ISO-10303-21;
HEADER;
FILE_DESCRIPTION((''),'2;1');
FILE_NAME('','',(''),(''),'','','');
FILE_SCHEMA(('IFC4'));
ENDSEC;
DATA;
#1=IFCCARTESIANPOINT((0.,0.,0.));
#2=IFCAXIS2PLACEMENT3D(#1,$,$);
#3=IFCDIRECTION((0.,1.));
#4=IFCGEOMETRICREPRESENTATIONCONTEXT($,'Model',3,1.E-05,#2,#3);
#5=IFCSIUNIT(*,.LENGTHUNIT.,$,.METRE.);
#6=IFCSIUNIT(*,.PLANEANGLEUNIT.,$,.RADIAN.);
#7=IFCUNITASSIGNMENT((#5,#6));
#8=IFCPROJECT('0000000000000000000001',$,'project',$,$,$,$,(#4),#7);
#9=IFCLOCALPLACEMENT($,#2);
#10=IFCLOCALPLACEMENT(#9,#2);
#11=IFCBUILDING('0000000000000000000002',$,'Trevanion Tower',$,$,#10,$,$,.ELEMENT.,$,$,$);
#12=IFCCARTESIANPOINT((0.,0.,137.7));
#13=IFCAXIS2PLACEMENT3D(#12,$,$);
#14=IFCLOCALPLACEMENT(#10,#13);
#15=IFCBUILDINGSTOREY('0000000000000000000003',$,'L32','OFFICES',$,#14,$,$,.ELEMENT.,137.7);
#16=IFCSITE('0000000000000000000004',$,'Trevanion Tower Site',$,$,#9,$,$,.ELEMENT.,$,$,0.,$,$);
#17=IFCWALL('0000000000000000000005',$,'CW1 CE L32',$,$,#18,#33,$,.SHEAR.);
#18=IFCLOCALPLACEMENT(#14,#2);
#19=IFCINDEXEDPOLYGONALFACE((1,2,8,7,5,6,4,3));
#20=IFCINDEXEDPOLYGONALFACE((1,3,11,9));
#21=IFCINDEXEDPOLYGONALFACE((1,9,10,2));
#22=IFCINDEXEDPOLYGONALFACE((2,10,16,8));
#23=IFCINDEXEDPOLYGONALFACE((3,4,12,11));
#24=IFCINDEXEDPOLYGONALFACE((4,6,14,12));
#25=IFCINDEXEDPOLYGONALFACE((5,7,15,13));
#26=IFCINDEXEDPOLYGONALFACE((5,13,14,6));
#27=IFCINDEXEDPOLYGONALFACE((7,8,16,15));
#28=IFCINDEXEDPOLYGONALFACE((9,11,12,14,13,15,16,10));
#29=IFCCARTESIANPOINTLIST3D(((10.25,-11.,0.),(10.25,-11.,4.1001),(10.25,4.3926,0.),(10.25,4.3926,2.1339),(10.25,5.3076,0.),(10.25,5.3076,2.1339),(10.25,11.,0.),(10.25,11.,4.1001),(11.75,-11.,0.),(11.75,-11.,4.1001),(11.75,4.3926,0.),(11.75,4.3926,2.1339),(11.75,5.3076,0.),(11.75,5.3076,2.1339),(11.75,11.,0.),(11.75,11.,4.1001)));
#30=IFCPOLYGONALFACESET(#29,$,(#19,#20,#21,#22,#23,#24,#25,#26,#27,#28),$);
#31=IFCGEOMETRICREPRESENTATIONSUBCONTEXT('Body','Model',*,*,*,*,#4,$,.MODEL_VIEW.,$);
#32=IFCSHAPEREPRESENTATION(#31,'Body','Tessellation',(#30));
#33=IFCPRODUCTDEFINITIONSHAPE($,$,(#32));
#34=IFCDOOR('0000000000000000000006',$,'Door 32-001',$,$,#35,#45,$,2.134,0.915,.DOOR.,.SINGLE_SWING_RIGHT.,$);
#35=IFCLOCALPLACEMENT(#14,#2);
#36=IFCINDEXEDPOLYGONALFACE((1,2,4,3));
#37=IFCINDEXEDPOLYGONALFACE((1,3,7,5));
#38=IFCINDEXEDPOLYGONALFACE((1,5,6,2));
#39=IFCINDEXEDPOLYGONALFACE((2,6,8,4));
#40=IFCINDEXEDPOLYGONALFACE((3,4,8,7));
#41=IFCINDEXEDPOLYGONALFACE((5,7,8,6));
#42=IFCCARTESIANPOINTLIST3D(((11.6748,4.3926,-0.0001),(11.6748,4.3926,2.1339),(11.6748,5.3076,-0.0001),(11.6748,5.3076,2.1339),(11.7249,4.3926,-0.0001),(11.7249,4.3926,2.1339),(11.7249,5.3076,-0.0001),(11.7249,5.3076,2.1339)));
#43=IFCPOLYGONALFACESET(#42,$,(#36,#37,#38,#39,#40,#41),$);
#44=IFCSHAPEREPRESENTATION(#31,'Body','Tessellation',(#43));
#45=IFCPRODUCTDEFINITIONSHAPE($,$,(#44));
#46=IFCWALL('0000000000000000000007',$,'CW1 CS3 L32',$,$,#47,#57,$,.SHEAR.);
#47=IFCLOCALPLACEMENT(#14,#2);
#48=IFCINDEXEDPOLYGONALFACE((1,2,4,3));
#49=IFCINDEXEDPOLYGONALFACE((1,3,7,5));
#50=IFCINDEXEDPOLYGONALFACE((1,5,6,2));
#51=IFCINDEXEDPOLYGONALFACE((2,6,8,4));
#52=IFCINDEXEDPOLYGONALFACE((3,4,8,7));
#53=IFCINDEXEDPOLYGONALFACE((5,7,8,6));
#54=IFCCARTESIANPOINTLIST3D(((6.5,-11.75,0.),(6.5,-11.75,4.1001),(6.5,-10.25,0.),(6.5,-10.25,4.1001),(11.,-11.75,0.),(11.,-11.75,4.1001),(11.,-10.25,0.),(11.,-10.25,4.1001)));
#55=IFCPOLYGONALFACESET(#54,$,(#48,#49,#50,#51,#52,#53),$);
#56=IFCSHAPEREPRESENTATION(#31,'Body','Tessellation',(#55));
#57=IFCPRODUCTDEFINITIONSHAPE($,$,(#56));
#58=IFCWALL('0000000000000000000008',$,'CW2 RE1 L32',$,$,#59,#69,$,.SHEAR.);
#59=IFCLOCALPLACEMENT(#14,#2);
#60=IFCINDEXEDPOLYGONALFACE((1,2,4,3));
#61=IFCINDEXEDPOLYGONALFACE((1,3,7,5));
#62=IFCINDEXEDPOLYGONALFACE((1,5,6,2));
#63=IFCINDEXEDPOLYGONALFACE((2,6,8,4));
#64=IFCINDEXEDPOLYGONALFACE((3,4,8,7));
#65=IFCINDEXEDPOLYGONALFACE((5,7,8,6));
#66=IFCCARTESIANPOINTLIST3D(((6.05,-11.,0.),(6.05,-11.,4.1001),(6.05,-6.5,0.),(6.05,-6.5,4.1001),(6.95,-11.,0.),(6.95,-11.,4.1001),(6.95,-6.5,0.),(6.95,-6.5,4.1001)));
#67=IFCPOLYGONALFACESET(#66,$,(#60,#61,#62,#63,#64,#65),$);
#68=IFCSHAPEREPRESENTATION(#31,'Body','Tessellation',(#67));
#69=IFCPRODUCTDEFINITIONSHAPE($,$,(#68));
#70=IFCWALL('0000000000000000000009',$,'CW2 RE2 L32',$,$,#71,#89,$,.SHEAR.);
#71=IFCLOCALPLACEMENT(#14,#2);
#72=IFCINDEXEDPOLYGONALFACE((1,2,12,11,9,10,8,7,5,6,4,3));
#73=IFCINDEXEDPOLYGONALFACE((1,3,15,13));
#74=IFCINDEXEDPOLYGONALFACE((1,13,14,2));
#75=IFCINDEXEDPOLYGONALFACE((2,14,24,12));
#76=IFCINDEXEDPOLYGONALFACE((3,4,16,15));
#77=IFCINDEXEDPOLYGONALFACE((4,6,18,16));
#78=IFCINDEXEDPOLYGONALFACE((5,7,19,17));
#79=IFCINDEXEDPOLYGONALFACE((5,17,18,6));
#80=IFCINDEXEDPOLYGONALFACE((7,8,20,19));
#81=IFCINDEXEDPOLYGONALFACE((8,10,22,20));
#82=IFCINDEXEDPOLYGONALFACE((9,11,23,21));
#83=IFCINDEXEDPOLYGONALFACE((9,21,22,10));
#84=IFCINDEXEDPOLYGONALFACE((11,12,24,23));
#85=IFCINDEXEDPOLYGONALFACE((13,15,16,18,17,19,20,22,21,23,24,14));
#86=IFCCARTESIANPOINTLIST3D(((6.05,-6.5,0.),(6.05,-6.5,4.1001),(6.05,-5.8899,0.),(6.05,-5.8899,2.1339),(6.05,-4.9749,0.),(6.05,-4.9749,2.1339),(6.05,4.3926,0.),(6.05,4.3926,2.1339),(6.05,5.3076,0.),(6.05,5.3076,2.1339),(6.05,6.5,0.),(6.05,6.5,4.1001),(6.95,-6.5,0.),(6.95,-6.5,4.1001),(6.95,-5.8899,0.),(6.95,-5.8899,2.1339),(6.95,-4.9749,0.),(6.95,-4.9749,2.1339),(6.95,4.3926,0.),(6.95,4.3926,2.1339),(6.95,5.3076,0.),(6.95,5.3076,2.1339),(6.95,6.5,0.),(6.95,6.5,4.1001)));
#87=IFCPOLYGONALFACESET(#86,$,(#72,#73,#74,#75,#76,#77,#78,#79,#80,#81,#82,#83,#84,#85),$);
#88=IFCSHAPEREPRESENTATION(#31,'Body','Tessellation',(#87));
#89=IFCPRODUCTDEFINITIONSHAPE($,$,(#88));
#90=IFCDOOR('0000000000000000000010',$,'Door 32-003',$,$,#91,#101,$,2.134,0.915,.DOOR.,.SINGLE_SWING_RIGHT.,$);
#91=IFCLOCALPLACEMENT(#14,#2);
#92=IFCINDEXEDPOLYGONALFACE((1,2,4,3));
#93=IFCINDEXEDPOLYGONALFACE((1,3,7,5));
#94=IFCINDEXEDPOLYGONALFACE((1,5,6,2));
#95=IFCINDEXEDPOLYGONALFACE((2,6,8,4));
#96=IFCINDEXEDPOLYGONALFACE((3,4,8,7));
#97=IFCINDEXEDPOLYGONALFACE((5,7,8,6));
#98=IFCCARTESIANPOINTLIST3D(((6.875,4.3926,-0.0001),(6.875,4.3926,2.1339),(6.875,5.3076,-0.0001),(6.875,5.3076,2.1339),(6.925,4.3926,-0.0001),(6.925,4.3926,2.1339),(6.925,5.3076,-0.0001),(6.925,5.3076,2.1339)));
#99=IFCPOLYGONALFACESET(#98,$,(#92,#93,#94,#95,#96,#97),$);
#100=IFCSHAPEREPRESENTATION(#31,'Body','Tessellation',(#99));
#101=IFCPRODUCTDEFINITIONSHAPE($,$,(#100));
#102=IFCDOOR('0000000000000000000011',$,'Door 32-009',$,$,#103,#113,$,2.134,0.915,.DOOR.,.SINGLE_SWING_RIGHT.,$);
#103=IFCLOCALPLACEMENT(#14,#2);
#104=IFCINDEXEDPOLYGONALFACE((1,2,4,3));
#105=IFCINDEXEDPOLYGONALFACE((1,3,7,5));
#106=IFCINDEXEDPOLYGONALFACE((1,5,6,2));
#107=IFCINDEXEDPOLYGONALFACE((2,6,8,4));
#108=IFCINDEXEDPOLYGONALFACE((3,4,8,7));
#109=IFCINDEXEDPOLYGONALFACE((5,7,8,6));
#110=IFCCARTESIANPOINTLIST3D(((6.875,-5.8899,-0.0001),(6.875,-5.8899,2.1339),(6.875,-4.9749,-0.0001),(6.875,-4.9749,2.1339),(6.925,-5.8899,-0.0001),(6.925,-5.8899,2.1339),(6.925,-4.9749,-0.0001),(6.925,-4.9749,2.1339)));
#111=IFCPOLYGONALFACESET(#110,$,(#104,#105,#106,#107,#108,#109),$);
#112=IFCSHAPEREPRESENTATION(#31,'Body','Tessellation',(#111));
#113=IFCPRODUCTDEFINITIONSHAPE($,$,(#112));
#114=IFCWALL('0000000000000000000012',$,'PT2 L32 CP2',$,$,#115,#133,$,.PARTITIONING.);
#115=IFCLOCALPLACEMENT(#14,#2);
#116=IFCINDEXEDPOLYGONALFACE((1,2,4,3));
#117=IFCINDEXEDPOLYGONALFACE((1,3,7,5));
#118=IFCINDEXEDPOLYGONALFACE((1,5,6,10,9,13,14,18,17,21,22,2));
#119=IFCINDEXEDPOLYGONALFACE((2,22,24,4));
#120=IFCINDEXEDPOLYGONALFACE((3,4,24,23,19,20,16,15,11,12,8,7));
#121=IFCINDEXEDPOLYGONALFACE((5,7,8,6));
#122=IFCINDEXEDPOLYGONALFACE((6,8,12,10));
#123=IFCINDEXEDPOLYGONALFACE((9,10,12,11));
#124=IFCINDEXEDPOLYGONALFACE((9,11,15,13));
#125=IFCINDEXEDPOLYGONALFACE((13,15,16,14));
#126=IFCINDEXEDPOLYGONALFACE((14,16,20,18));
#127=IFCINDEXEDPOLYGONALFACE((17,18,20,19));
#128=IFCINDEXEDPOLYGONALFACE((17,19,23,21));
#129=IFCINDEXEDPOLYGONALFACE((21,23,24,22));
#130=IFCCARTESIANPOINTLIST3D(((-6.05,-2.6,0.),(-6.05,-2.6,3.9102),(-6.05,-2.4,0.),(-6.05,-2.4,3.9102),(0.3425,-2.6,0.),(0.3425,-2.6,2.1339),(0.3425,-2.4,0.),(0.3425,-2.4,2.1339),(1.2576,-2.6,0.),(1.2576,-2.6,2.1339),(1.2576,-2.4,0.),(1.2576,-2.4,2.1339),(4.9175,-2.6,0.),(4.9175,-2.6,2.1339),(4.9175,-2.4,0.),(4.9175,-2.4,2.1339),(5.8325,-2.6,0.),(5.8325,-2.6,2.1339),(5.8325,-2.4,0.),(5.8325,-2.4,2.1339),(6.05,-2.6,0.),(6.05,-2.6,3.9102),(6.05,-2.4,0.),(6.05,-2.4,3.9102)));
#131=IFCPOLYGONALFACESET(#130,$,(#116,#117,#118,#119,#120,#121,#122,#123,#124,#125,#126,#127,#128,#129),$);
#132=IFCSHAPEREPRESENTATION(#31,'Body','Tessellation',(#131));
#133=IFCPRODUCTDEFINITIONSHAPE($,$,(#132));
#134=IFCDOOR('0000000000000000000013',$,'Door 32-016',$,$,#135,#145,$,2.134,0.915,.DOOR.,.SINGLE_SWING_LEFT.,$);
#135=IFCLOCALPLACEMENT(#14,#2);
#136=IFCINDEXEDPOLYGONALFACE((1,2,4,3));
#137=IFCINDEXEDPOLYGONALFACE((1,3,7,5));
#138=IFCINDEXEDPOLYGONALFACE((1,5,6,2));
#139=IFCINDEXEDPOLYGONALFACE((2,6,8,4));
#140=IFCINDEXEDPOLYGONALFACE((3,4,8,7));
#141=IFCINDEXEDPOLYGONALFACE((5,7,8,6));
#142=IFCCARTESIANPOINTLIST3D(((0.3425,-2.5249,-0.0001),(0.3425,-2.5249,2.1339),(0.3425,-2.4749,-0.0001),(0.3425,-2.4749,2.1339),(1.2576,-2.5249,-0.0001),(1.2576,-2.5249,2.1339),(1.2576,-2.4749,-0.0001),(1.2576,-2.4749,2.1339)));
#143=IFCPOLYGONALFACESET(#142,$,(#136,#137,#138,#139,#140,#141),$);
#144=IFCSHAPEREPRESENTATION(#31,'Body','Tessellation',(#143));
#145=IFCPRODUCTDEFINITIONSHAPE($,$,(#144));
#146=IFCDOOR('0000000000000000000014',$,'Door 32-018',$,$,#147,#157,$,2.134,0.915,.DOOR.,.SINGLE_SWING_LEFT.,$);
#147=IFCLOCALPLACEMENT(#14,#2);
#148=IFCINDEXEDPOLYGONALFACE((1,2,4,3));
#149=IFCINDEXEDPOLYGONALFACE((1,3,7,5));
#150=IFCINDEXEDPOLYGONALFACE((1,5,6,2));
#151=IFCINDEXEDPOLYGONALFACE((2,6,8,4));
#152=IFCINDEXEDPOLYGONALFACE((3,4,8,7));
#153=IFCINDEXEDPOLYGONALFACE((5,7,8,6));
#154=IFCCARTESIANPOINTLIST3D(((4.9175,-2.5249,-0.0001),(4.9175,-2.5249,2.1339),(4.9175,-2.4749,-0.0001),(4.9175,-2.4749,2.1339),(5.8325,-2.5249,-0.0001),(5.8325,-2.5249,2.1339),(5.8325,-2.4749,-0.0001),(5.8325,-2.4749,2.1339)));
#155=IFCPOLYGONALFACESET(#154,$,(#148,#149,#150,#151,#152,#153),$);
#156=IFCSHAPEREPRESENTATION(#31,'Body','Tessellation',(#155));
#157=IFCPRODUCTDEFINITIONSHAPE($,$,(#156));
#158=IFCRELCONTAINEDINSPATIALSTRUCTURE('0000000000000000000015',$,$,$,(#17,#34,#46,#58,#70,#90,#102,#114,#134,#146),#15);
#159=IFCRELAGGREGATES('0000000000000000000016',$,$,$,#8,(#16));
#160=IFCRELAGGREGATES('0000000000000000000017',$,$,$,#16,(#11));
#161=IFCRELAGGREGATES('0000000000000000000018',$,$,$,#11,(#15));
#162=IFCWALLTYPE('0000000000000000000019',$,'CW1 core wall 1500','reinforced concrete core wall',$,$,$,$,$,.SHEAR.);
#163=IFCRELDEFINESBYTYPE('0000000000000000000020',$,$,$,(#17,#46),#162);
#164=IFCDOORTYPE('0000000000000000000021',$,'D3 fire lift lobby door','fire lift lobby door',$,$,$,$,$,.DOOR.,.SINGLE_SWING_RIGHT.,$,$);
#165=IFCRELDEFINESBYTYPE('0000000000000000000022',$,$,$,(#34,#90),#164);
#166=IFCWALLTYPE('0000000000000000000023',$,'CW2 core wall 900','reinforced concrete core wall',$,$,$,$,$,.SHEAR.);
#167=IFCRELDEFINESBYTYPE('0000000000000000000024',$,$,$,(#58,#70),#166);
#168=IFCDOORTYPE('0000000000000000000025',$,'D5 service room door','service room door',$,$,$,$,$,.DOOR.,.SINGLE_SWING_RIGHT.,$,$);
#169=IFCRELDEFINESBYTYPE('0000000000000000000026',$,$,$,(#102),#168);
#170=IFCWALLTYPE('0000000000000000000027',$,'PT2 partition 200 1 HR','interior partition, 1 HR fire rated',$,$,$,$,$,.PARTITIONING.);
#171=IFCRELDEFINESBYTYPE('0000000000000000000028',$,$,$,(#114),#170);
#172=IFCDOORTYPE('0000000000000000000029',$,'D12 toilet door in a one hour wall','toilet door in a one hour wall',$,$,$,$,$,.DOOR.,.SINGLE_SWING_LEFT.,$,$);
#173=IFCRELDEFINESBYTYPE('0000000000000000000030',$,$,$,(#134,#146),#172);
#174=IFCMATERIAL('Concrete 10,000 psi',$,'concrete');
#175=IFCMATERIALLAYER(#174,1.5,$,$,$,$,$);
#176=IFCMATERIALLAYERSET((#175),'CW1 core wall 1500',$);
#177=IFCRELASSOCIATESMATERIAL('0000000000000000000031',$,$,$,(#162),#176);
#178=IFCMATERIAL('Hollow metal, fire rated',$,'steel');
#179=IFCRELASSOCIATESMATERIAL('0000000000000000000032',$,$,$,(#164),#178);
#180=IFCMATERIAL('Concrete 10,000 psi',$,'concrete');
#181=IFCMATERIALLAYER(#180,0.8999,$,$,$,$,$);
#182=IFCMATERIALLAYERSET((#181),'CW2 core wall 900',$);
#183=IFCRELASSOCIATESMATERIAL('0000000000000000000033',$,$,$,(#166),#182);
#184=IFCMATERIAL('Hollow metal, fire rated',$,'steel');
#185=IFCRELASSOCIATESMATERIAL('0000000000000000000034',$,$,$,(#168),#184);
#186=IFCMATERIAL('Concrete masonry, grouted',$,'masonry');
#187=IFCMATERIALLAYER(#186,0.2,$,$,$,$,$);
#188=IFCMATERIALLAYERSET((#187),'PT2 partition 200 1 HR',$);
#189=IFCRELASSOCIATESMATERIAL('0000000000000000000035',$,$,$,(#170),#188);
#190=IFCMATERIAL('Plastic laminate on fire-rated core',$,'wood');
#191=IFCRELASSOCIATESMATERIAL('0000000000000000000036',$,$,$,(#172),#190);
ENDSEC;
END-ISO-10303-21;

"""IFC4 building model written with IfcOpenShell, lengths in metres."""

from ifc_helpers import new_model, si_unit, direction, frame, frame_2d, origin, place, context, subcontext, project, spatial, rectangle, extrude, material, layer, layer_set, type_object, element, fill, save


model = new_model("IFC4")

# Units and contexts
model_context = context("Model", 3, precision=1e-05, world=origin(), true_north=direction((0.0, 1.0)))
body_context = subcontext(model_context, "Body", "Model", "MODEL_VIEW")
ifc_project = project(units=[si_unit("LENGTHUNIT", "METRE"), si_unit("PLANEANGLEUNIT", "RADIAN")], contexts=[model_context])

# Site, building, storey
site_placement = place(None, origin())
site = spatial("IfcSite", under=ifc_project, at=site_placement, Name="Trevanion Tower Site", CompositionType="ELEMENT", RefElevation=0.0)
building_placement = place(site_placement, origin())
building = spatial("IfcBuilding", under=site, at=building_placement, Name="Trevanion Tower", CompositionType="ELEMENT")
storey_placement = place(building_placement, frame((0.0, 0.0, 137.7)))
storey = spatial("IfcBuildingStorey", under=building, at=storey_placement, Name="L32", Description="OFFICES", CompositionType="ELEMENT", Elevation=137.7)

# Wall, opening, door
ifc_material_1 = material(Name="Concrete 10,000 psi", Category="concrete")
ifc_layer_1 = layer(ifc_material_1, 1.5)
ifc_layer_set_1 = layer_set([ifc_layer_1], Name="CW1 core wall 1500")
wall_type_1 = type_object("IfcWallType", Name="CW1 core wall 1500", Description="reinforced concrete core wall", PredefinedType="SHEAR", material=ifc_layer_set_1)
wall_1_placement = place(storey_placement, frame((11.0, -11.0, 0.0), z_axis=(0.0, 0.0, 1.0), x_axis=(0.0, 1.0, 0.0)))
wall_1 = element("IfcWall", 1, at=wall_1_placement, inside=storey, type_object=wall_type_1, Name="CW1 CE L32", PredefinedType="SHEAR", context=body_context, shape_type="SweptSolid", body=[
    extrude(rectangle(XDim=22.0, YDim=1.5, at=frame_2d((11.0, 0.0))), origin(), (0.0, 0.0, 1.0), 4.1001),
])
opening_1_placement = place(wall_1_placement, frame((15.3926, 0.0, 0.0)))
opening_1 = element("IfcOpeningElement", 2, at=opening_1_placement, cuts=wall_1, PredefinedType="OPENING", context=body_context, shape_type="SweptSolid", body=[
    extrude(rectangle(XDim=0.915, YDim=2.134, at=frame_2d((0.4575, 1.0669))), frame((0.0, 0.76, 0.0), z_axis=(0.0, -1.0, 0.0), x_axis=(1.0, 0.0, 0.0)), (0.0, 0.0, 1.0), 1.52),
])
ifc_material_2 = material(Name="Hollow metal, fire rated", Category="steel")
door_type_1 = type_object("IfcDoorType", Name="D3 fire lift lobby door", Description="fire lift lobby door", OperationType="SINGLE_SWING_RIGHT", PredefinedType="DOOR", material=ifc_material_2)
door_1_placement = place(opening_1_placement, origin())
door_1 = element("IfcDoor", 3, at=door_1_placement, inside=storey, type_object=door_type_1, Name="Door 32-001", OperationType="SINGLE_SWING_RIGHT", OverallHeight=2.134, OverallWidth=0.915, PredefinedType="DOOR", context=body_context, shape_type="SweptSolid", body=[
    extrude(rectangle(XDim=0.915, YDim=2.134, at=frame_2d((0.4575, 1.0669))), frame((0.0, -0.6748, 0.0), z_axis=(0.0, -1.0, 0.0), x_axis=(1.0, 0.0, 0.0)), (0.0, 0.0, 1.0), 0.05),
])
fill(opening_1, door_1)

# Walls
wall_2_placement = place(storey_placement, frame((6.5, -11.0, 0.0), z_axis=(0.0, 0.0, 1.0), x_axis=(1.0, 0.0, 0.0)))
element("IfcWall", 4, at=wall_2_placement, inside=storey, type_object=wall_type_1, Name="CW1 CS3 L32", PredefinedType="SHEAR", context=body_context, shape_type="SweptSolid", body=[
    extrude(rectangle(XDim=4.5, YDim=1.5, at=frame_2d((2.25, 0.0))), origin(), (0.0, 0.0, 1.0), 4.1001),
])
ifc_material_3 = material(Name="Concrete 10,000 psi", Category="concrete")
ifc_layer_2 = layer(ifc_material_3, 0.8999)
ifc_layer_set_2 = layer_set([ifc_layer_2], Name="CW2 core wall 900")
wall_type_2 = type_object("IfcWallType", Name="CW2 core wall 900", Description="reinforced concrete core wall", PredefinedType="SHEAR", material=ifc_layer_set_2)
wall_3_placement = place(storey_placement, frame((6.5, -11.0, 0.0), z_axis=(0.0, 0.0, 1.0), x_axis=(0.0, 1.0, 0.0)))
element("IfcWall", 5, at=wall_3_placement, inside=storey, type_object=wall_type_2, Name="CW2 RE1 L32", PredefinedType="SHEAR", context=body_context, shape_type="SweptSolid", body=[
    extrude(rectangle(XDim=4.5, YDim=0.8999, at=frame_2d((2.25, 0.0))), origin(), (0.0, 0.0, 1.0), 4.1001),
])

# Walls, openings, doors
wall_4_placement = place(storey_placement, frame((6.5, -6.5, 0.0), z_axis=(0.0, 0.0, 1.0), x_axis=(0.0, 1.0, 0.0)))
wall_4 = element("IfcWall", 6, at=wall_4_placement, inside=storey, type_object=wall_type_2, Name="CW2 RE2 L32", PredefinedType="SHEAR", context=body_context, shape_type="SweptSolid", body=[
    extrude(rectangle(XDim=13.0, YDim=0.8999, at=frame_2d((6.5, 0.0))), origin(), (0.0, 0.0, 1.0), 4.1001),
])
opening_2_placement = place(wall_4_placement, frame((10.8926, 0.0, 0.0)))
opening_2 = element("IfcOpeningElement", 7, at=opening_2_placement, cuts=wall_4, PredefinedType="OPENING", context=body_context, shape_type="SweptSolid", body=[
    extrude(rectangle(XDim=0.915, YDim=2.134, at=frame_2d((0.4575, 1.0669))), frame((0.0, 0.46, 0.0), z_axis=(0.0, -1.0, 0.0), x_axis=(1.0, 0.0, 0.0)), (0.0, 0.0, 1.0), 0.9199),
])
opening_3_placement = place(wall_4_placement, frame((0.6101, 0.0, 0.0)))
opening_3 = element("IfcOpeningElement", 8, at=opening_3_placement, cuts=wall_4, PredefinedType="OPENING", context=body_context, shape_type="SweptSolid", body=[
    extrude(rectangle(XDim=0.915, YDim=2.134, at=frame_2d((0.4575, 1.0669))), frame((0.0, 0.46, 0.0), z_axis=(0.0, -1.0, 0.0), x_axis=(1.0, 0.0, 0.0)), (0.0, 0.0, 1.0), 0.9199),
])
door_2_placement = place(opening_2_placement, origin())
door_2 = element("IfcDoor", 9, at=door_2_placement, inside=storey, type_object=door_type_1, Name="Door 32-003", OperationType="SINGLE_SWING_RIGHT", OverallHeight=2.134, OverallWidth=0.915, PredefinedType="DOOR", context=body_context, shape_type="SweptSolid", body=[
    extrude(rectangle(XDim=0.915, YDim=2.134, at=frame_2d((0.4575, 1.0669))), frame((0.0, -0.375, 0.0), z_axis=(0.0, -1.0, 0.0), x_axis=(1.0, 0.0, 0.0)), (0.0, 0.0, 1.0), 0.05),
])
fill(opening_2, door_2)
ifc_material_4 = material(Name="Hollow metal, fire rated", Category="steel")
door_type_2 = type_object("IfcDoorType", Name="D5 service room door", Description="service room door", OperationType="SINGLE_SWING_RIGHT", PredefinedType="DOOR", material=ifc_material_4)
door_3_placement = place(opening_3_placement, origin())
door_3 = element("IfcDoor", 10, at=door_3_placement, inside=storey, type_object=door_type_2, Name="Door 32-009", OperationType="SINGLE_SWING_RIGHT", OverallHeight=2.134, OverallWidth=0.915, PredefinedType="DOOR", context=body_context, shape_type="SweptSolid", body=[
    extrude(rectangle(XDim=0.915, YDim=2.134, at=frame_2d((0.4575, 1.0669))), frame((0.0, -0.375, 0.0), z_axis=(0.0, -1.0, 0.0), x_axis=(1.0, 0.0, 0.0)), (0.0, 0.0, 1.0), 0.05),
])
fill(opening_3, door_3)
ifc_material_5 = material(Name="Concrete masonry, grouted", Category="masonry")
ifc_layer_3 = layer(ifc_material_5, 0.2)
ifc_layer_set_3 = layer_set([ifc_layer_3], Name="PT2 partition 200 1 HR")
wall_type_3 = type_object("IfcWallType", Name="PT2 partition 200 1 HR", Description="interior partition, 1 HR fire rated", PredefinedType="PARTITIONING", material=ifc_layer_set_3)
wall_5_placement = place(storey_placement, frame((6.05, -2.5, 0.0), z_axis=(0.0, 0.0, 1.0), x_axis=(-1.0, 0.0, 0.0)))
wall_5 = element("IfcWall", 11, at=wall_5_placement, inside=storey, type_object=wall_type_3, Name="PT2 L32 CP2", PredefinedType="PARTITIONING", context=body_context, shape_type="SweptSolid", body=[
    extrude(rectangle(XDim=12.1001, YDim=0.2, at=frame_2d((6.05, 0.0))), origin(), (0.0, 0.0, 1.0), 3.9102),
])
opening_4_placement = place(wall_5_placement, frame((4.7925, 0.0, 0.0)))
opening_4 = element("IfcOpeningElement", 12, at=opening_4_placement, cuts=wall_5, PredefinedType="OPENING", context=body_context, shape_type="SweptSolid", body=[
    extrude(rectangle(XDim=0.915, YDim=2.134, at=frame_2d((0.4575, 1.0669))), frame((0.0, 0.1099, 0.0), z_axis=(0.0, -1.0, 0.0), x_axis=(1.0, 0.0, 0.0)), (0.0, 0.0, 1.0), 0.22),
])
opening_5_placement = place(wall_5_placement, frame((0.2175, 0.0, 0.0)))
opening_5 = element("IfcOpeningElement", 13, at=opening_5_placement, cuts=wall_5, PredefinedType="OPENING", context=body_context, shape_type="SweptSolid", body=[
    extrude(rectangle(XDim=0.915, YDim=2.134, at=frame_2d((0.4575, 1.0669))), frame((0.0, 0.1099, 0.0), z_axis=(0.0, -1.0, 0.0), x_axis=(1.0, 0.0, 0.0)), (0.0, 0.0, 1.0), 0.22),
])
ifc_material_6 = material(Name="Plastic laminate on fire-rated core", Category="wood")
door_type_3 = type_object("IfcDoorType", Name="D12 toilet door in a one hour wall", Description="toilet door in a one hour wall", OperationType="SINGLE_SWING_LEFT", PredefinedType="DOOR", material=ifc_material_6)
door_4_placement = place(opening_4_placement, origin())
door_4 = element("IfcDoor", 14, at=door_4_placement, inside=storey, type_object=door_type_3, Name="Door 32-016", OperationType="SINGLE_SWING_LEFT", OverallHeight=2.134, OverallWidth=0.915, PredefinedType="DOOR", context=body_context, shape_type="SweptSolid", body=[
    extrude(rectangle(XDim=0.915, YDim=2.134, at=frame_2d((0.4575, 1.0669))), frame((0.0, 0.0249, 0.0), z_axis=(0.0, -1.0, 0.0), x_axis=(1.0, 0.0, 0.0)), (0.0, 0.0, 1.0), 0.05),
])
fill(opening_4, door_4)
door_5_placement = place(opening_5_placement, origin())
door_5 = element("IfcDoor", 15, at=door_5_placement, inside=storey, type_object=door_type_3, Name="Door 32-018", OperationType="SINGLE_SWING_LEFT", OverallHeight=2.134, OverallWidth=0.915, PredefinedType="DOOR", context=body_context, shape_type="SweptSolid", body=[
    extrude(rectangle(XDim=0.915, YDim=2.134, at=frame_2d((0.4575, 1.0669))), frame((0.0, 0.0249, 0.0), z_axis=(0.0, -1.0, 0.0), x_axis=(1.0, 0.0, 0.0)), (0.0, 0.0, 1.0), 0.05),
])
fill(opening_5, door_5)

save(model, "model.ifc")
